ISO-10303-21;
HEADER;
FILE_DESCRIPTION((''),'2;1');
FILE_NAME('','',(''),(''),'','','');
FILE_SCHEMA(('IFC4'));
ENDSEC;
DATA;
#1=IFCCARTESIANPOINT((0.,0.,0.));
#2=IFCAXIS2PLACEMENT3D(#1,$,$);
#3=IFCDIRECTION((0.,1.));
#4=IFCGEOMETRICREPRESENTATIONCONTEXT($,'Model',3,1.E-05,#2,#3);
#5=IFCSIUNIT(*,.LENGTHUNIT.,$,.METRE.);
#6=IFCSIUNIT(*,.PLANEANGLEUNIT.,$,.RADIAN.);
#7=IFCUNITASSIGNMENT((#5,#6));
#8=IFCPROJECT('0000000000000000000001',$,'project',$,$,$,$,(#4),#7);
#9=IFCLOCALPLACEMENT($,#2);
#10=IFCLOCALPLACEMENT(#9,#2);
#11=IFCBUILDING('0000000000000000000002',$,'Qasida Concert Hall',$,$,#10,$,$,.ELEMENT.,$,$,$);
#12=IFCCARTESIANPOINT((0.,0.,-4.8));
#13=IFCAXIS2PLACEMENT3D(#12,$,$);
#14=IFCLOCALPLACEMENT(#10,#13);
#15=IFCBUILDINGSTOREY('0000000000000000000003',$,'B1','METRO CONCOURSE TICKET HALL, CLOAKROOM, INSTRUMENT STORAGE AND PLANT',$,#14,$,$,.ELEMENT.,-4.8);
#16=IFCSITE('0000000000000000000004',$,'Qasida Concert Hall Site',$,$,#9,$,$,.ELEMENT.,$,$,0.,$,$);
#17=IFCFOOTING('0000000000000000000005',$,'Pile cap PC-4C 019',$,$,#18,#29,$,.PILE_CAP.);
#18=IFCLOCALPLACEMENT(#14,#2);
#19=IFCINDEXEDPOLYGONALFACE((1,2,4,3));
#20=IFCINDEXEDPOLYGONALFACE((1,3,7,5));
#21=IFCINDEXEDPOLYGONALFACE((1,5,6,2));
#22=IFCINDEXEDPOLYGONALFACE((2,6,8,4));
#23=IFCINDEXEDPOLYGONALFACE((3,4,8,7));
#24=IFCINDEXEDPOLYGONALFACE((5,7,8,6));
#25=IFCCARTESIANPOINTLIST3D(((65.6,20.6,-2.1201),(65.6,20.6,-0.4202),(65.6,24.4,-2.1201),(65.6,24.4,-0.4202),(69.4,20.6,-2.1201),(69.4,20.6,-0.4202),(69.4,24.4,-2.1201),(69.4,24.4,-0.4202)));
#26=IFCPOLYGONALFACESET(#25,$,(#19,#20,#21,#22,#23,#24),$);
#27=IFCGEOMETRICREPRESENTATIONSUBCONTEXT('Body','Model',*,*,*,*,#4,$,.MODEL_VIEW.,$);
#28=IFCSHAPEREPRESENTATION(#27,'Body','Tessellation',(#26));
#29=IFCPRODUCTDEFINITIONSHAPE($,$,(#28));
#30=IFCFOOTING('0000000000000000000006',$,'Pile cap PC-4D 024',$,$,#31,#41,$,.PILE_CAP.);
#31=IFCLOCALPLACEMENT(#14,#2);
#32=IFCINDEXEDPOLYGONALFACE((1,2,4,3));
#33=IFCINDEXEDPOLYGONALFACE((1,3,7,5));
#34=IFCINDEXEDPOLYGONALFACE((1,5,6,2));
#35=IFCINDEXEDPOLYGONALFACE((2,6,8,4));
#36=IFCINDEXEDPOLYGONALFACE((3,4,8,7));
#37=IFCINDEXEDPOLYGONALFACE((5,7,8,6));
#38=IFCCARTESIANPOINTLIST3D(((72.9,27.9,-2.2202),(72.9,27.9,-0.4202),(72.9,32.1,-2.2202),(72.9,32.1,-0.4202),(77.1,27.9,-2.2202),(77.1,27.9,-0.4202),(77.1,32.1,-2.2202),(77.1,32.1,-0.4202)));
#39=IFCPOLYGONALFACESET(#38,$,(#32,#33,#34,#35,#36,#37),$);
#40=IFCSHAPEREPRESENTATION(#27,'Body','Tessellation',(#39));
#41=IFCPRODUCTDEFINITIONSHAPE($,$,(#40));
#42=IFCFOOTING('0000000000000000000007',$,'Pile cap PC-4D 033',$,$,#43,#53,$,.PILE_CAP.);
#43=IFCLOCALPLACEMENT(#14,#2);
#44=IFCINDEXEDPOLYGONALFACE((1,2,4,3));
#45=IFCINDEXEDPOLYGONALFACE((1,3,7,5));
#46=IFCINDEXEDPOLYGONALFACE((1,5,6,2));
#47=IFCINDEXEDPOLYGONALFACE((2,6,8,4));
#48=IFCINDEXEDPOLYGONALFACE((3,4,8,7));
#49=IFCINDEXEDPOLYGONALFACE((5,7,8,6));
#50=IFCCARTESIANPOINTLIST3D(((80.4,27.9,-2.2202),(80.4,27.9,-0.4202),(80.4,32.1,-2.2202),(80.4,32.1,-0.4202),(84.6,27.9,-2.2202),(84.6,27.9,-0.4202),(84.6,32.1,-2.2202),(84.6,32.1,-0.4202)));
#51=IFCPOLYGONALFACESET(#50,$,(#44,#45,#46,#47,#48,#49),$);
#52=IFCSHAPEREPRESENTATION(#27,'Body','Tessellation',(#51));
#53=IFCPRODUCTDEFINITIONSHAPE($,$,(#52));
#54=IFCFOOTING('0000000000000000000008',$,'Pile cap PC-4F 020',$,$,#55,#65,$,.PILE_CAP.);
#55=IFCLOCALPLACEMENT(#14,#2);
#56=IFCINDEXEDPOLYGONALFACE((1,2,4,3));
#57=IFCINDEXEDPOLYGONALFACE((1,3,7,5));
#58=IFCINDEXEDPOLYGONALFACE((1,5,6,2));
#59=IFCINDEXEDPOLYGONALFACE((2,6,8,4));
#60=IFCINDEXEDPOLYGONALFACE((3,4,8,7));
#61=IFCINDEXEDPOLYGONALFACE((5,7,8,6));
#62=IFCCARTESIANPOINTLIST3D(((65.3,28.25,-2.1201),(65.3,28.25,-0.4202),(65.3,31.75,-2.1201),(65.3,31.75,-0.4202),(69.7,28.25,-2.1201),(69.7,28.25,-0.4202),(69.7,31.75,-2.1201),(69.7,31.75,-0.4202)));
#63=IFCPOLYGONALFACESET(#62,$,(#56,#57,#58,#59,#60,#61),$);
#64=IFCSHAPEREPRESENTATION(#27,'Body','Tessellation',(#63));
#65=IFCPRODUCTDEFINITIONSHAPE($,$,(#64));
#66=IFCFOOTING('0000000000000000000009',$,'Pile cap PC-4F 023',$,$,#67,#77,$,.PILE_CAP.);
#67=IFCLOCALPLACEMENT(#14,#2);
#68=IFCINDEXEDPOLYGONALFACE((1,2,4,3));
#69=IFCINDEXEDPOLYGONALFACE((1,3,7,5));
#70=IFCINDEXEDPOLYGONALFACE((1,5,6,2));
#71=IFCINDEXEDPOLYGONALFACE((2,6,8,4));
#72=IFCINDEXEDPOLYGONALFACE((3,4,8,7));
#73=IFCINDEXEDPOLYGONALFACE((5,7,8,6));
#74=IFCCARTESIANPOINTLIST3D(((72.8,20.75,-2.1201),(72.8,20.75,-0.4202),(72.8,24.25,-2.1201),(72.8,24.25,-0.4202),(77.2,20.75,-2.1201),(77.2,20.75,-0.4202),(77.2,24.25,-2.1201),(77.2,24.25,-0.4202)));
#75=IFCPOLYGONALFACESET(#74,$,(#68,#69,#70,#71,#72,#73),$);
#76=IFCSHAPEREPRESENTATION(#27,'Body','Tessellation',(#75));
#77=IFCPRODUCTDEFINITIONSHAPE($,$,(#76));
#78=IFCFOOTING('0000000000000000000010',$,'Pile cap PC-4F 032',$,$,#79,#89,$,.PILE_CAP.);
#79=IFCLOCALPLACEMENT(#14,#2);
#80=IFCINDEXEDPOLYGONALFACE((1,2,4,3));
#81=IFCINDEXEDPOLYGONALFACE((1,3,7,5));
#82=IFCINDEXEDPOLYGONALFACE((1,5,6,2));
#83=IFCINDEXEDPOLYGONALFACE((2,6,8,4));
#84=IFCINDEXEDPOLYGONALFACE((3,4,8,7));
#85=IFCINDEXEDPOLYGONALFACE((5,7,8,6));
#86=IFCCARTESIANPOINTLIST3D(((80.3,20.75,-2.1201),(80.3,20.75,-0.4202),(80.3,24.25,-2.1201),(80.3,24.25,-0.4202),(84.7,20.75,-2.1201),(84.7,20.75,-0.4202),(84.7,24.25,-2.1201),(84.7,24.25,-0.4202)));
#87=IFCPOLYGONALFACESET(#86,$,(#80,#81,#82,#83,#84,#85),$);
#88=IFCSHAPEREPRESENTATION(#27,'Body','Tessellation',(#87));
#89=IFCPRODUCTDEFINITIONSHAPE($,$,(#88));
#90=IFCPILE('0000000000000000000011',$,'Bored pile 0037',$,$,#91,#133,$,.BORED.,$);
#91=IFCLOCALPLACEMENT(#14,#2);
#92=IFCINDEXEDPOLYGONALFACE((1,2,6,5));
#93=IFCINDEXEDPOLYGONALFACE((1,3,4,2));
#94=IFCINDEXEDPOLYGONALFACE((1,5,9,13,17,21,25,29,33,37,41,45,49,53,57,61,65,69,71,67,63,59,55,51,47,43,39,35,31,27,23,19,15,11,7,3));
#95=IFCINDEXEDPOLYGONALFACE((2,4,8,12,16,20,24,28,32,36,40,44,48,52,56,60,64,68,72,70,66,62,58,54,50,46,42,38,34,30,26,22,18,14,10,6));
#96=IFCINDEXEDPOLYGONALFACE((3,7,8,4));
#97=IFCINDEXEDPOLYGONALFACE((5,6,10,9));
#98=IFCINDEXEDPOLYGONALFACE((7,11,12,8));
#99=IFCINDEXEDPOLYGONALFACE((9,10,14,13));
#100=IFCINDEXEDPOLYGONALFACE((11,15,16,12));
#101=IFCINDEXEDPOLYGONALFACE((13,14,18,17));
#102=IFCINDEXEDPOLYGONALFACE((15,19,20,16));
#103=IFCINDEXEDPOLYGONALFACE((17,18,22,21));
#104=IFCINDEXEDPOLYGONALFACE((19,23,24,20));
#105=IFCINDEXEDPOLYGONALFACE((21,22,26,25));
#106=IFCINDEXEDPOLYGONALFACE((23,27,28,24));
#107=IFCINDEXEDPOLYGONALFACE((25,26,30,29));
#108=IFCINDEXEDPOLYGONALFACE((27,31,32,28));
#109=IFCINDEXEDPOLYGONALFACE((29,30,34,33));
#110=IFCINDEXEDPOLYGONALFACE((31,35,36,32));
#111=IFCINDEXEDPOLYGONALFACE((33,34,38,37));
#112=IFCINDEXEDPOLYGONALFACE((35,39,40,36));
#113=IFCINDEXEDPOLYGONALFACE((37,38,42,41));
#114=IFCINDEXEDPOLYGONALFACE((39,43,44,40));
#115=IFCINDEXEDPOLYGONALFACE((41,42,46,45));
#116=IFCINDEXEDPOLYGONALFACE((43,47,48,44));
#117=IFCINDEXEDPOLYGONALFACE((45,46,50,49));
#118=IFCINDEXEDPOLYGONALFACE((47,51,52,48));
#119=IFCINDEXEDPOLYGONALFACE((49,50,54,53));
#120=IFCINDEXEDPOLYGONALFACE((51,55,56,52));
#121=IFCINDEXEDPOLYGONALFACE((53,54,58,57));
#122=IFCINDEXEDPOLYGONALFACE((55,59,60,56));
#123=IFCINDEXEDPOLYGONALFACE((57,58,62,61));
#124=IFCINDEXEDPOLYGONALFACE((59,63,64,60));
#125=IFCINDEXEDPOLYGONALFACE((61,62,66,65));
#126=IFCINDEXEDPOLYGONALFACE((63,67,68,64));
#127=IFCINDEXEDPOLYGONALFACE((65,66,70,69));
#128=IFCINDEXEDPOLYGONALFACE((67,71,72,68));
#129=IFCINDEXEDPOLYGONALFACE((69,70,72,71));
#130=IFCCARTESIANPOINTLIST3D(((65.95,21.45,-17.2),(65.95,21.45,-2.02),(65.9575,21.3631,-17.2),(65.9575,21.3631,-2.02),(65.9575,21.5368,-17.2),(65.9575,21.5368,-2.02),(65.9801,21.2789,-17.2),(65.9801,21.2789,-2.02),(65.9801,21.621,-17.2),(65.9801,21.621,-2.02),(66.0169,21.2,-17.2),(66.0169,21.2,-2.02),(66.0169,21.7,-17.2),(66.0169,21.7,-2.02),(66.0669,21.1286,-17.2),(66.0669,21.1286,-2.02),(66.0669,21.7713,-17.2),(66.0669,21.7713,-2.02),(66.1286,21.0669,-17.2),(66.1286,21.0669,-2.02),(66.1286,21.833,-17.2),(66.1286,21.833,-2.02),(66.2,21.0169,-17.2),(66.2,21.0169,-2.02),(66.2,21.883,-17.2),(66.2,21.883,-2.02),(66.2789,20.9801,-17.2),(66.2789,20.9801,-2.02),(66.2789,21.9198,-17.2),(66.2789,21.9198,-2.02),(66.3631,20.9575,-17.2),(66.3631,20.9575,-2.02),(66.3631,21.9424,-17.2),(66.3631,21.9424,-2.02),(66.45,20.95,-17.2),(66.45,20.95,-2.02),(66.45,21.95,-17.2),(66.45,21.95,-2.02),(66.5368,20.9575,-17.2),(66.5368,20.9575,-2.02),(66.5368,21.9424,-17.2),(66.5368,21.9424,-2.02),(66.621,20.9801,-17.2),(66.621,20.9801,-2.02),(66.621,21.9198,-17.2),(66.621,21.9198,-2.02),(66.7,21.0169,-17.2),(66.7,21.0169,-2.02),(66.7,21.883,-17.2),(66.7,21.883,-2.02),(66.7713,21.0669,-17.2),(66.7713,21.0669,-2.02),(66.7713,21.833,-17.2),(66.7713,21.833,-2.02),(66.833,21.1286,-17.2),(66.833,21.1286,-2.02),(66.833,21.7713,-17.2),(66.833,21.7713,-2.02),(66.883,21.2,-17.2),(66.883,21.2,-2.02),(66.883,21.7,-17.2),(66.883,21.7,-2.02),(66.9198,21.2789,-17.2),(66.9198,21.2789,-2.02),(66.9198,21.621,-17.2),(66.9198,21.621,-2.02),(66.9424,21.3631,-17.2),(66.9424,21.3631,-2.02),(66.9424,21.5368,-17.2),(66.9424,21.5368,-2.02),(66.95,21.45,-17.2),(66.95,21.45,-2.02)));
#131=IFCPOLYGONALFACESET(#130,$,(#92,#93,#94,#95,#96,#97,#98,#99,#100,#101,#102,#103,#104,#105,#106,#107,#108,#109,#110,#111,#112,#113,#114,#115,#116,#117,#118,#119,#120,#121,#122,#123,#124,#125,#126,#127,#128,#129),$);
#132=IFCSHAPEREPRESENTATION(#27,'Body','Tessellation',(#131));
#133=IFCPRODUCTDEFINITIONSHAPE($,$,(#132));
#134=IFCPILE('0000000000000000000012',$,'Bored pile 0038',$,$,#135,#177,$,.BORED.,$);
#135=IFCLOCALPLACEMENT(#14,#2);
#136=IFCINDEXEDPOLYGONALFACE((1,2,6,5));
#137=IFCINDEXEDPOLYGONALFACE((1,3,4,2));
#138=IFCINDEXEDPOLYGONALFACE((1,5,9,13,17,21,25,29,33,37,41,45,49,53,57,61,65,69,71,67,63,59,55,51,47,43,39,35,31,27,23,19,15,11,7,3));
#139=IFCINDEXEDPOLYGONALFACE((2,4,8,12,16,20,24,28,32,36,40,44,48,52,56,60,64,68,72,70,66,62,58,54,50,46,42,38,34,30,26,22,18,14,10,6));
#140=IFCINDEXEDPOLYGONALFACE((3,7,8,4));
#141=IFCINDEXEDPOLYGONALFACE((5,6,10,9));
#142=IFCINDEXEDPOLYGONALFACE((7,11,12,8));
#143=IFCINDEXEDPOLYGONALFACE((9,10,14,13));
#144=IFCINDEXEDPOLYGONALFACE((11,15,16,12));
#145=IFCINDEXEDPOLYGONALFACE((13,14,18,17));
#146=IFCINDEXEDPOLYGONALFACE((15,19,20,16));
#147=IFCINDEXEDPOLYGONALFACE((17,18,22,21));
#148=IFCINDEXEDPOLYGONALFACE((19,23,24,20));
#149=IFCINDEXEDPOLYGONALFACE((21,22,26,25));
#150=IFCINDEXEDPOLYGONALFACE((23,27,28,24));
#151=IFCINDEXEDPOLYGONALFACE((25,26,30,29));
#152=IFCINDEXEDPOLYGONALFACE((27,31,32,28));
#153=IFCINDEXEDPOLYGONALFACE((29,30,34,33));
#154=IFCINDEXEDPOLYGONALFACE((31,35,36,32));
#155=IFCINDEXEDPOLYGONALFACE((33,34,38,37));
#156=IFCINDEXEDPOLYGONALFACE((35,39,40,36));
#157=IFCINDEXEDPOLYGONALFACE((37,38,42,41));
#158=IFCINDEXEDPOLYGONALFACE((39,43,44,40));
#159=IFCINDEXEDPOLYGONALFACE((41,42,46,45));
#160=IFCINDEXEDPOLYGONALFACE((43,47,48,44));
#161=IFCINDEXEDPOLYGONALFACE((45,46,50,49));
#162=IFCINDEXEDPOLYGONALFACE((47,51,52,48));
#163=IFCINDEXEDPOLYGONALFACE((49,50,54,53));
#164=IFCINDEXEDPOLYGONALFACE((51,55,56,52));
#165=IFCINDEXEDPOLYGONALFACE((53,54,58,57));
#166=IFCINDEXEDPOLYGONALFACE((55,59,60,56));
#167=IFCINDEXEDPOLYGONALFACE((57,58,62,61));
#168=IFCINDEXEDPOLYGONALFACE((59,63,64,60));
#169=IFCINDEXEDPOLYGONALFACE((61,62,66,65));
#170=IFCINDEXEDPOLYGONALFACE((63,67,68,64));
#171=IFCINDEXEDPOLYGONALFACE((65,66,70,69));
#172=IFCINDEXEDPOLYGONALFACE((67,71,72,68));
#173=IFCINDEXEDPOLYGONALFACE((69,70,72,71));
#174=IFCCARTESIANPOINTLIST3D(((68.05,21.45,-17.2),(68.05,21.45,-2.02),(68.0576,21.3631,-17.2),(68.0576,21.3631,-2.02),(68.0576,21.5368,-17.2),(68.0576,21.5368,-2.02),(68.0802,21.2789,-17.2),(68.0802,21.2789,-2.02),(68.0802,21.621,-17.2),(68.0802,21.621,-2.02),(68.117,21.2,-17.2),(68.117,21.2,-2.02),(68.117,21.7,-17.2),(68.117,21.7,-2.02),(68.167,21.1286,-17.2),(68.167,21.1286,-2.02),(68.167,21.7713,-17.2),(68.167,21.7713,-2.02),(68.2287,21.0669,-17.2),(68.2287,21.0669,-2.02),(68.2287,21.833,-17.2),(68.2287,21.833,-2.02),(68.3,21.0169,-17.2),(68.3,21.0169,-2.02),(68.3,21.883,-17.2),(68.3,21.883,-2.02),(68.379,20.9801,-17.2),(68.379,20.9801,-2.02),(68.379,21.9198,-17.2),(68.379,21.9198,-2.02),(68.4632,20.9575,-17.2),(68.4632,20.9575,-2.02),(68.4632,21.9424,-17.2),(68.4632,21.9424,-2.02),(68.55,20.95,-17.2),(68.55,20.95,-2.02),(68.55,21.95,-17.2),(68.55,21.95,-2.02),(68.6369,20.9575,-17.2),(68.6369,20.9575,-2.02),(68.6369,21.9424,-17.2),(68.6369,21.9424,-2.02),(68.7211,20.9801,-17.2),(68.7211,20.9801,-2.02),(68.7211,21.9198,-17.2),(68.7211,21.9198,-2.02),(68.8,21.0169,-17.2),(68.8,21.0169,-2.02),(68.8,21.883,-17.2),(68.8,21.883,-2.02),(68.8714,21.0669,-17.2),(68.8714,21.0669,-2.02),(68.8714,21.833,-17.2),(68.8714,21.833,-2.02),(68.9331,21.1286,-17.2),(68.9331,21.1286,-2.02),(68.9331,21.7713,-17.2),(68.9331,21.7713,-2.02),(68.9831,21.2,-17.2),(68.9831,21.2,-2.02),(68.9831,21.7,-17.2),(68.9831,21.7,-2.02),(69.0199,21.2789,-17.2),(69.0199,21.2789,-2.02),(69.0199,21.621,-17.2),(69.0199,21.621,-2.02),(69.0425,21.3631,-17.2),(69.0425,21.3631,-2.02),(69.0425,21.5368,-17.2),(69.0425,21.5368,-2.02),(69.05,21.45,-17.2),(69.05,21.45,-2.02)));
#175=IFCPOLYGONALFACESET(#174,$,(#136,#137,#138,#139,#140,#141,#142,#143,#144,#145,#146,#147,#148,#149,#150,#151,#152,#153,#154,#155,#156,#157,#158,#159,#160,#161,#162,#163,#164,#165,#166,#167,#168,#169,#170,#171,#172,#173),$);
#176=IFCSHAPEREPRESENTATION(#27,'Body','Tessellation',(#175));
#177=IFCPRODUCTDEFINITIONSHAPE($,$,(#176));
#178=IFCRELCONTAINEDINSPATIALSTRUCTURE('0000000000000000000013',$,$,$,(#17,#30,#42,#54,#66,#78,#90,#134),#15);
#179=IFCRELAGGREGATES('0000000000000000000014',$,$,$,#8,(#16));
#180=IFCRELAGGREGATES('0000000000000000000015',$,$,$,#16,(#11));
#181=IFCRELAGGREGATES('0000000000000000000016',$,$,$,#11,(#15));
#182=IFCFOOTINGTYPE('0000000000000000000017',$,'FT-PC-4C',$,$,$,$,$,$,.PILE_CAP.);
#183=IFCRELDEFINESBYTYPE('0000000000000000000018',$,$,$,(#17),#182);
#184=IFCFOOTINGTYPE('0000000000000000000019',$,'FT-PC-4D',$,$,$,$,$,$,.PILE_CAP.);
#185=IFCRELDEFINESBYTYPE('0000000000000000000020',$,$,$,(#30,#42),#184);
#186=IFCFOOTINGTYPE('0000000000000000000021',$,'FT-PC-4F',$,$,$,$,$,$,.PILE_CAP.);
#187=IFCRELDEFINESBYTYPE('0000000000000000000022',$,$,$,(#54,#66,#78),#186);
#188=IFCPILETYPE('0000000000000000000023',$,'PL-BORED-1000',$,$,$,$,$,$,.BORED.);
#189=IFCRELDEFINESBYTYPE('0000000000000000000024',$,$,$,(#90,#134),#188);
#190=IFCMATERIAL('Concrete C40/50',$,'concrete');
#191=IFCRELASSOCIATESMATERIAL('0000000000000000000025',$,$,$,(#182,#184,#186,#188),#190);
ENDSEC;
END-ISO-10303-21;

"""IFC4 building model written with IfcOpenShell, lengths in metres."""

from ifc_helpers import new_model, si_unit, direction, frame, origin, origin_2d, place, context, subcontext, project, spatial, rectangle, circle, extrude, material, material_profile, profile_set, type_object, element, save


model = new_model("IFC4")

# Units and contexts
model_context = context("Model", 3, precision=1e-05, world=origin(), true_north=direction((0.0, 1.0)))
body_context = subcontext(model_context, "Body", "Model", "MODEL_VIEW")
ifc_project = project(units=[si_unit("LENGTHUNIT", "METRE"), si_unit("PLANEANGLEUNIT", "RADIAN")], contexts=[model_context])

# Site, building, storey
site_placement = place(None, origin())
site = spatial("IfcSite", under=ifc_project, at=site_placement, Name="Qasida Concert Hall Site", CompositionType="ELEMENT", RefElevation=0.0)
building_placement = place(site_placement, origin())
building = spatial("IfcBuilding", under=site, at=building_placement, Name="Qasida Concert Hall", CompositionType="ELEMENT")
storey_placement = place(building_placement, frame((0.0, 0.0, -4.8)))
storey = spatial("IfcBuildingStorey", under=building, at=storey_placement, Name="B1", Description="METRO CONCOURSE TICKET HALL, CLOAKROOM, INSTRUMENT STORAGE AND PLANT", CompositionType="ELEMENT", Elevation=-4.8)

# Footings
ifc_material_1 = material(Name="Concrete C40/50", Category="concrete")
footing_type_1 = type_object("IfcFootingType", Name="FT-PC-4C", PredefinedType="PILE_CAP", material=ifc_material_1)
footing_placement = place(storey_placement, frame((67.5, 22.5, -2.1201), z_axis=(0.0, 0.0, 1.0), x_axis=(1.0, 0.0, 0.0)))
element("IfcFooting", 1, at=footing_placement, inside=storey, type_object=footing_type_1, Name="Pile cap PC-4C 019", PredefinedType="PILE_CAP", context=body_context, shape_type="SweptSolid", body=[
    extrude(rectangle(XDim=3.8, YDim=3.8, at=origin_2d()), origin(), (0.0, 0.0, 1.0), 1.7),
])
footing_type_2 = type_object("IfcFootingType", Name="FT-PC-4D", PredefinedType="PILE_CAP", material=ifc_material_1)
for number, where, z_axis, x_axis, name in (
    (2, (75.0, 30.0, -2.2202), (0.0, 0.0, 1.0), (1.0, 0.0, 0.0), "Pile cap PC-4D 024"),
    (3, (82.5, 30.0, -2.2202), (0.0, 0.0, 1.0), (1.0, 0.0, 0.0), "Pile cap PC-4D 033"),
):
    element("IfcFooting", number, at=place(storey_placement, frame(where, z_axis=z_axis, x_axis=x_axis)), inside=storey, type_object=footing_type_2, Name=name, PredefinedType="PILE_CAP", context=body_context, shape_type="SweptSolid", body=[
        extrude(rectangle(XDim=4.2, YDim=4.2, at=origin_2d()), origin(), (0.0, 0.0, 1.0), 1.8),
    ])
footing_type_3 = type_object("IfcFootingType", Name="FT-PC-4F", PredefinedType="PILE_CAP", material=ifc_material_1)
for number, where, z_axis, x_axis, name in (
    (4, (67.5, 30.0, -2.1201), (0.0, 0.0, 1.0), (1.0, 0.0, 0.0), "Pile cap PC-4F 020"),
    (5, (75.0, 22.5, -2.1201), (0.0, 0.0, 1.0), (1.0, 0.0, 0.0), "Pile cap PC-4F 023"),
    (6, (82.5, 22.5, -2.1201), (0.0, 0.0, 1.0), (1.0, 0.0, 0.0), "Pile cap PC-4F 032"),
):
    element("IfcFooting", number, at=place(storey_placement, frame(where, z_axis=z_axis, x_axis=x_axis)), inside=storey, type_object=footing_type_3, Name=name, PredefinedType="PILE_CAP", context=body_context, shape_type="SweptSolid", body=[
        extrude(rectangle(XDim=4.3999, YDim=3.5, at=origin_2d()), origin(), (0.0, 0.0, 1.0), 1.7),
    ])

# Piles
ifc_material_profile_1 = material_profile(ifc_material_1, circle(Radius=0.5, at=origin_2d()), Name="BORED PILE D1000")
ifc_profile_set_1 = profile_set([ifc_material_profile_1], Name="Concrete C40/50")
pile_type = type_object("IfcPileType", Name="PL-BORED-1000", PredefinedType="BORED", material=ifc_profile_set_1)
for number, where, z_axis, x_axis, name in (
    (7, (66.45, 21.45, -2.02), (0.0, 0.0, -1.0), (1.0, 0.0, 0.0), "Bored pile 0037"),
    (8, (68.55, 21.45, -2.02), (0.0, 0.0, -1.0), (1.0, 0.0, 0.0), "Bored pile 0038"),
):
    element("IfcPile", number, at=place(storey_placement, frame(where, z_axis=z_axis, x_axis=x_axis)), inside=storey, type_object=pile_type, Name=name, PredefinedType="BORED", context=body_context, shape_type="SweptSolid", body=[
        extrude(circle(Radius=0.5, at=origin_2d()), origin(), (0.0, 0.0, 1.0), 15.1799),
    ])

save(model, "model.ifc")
